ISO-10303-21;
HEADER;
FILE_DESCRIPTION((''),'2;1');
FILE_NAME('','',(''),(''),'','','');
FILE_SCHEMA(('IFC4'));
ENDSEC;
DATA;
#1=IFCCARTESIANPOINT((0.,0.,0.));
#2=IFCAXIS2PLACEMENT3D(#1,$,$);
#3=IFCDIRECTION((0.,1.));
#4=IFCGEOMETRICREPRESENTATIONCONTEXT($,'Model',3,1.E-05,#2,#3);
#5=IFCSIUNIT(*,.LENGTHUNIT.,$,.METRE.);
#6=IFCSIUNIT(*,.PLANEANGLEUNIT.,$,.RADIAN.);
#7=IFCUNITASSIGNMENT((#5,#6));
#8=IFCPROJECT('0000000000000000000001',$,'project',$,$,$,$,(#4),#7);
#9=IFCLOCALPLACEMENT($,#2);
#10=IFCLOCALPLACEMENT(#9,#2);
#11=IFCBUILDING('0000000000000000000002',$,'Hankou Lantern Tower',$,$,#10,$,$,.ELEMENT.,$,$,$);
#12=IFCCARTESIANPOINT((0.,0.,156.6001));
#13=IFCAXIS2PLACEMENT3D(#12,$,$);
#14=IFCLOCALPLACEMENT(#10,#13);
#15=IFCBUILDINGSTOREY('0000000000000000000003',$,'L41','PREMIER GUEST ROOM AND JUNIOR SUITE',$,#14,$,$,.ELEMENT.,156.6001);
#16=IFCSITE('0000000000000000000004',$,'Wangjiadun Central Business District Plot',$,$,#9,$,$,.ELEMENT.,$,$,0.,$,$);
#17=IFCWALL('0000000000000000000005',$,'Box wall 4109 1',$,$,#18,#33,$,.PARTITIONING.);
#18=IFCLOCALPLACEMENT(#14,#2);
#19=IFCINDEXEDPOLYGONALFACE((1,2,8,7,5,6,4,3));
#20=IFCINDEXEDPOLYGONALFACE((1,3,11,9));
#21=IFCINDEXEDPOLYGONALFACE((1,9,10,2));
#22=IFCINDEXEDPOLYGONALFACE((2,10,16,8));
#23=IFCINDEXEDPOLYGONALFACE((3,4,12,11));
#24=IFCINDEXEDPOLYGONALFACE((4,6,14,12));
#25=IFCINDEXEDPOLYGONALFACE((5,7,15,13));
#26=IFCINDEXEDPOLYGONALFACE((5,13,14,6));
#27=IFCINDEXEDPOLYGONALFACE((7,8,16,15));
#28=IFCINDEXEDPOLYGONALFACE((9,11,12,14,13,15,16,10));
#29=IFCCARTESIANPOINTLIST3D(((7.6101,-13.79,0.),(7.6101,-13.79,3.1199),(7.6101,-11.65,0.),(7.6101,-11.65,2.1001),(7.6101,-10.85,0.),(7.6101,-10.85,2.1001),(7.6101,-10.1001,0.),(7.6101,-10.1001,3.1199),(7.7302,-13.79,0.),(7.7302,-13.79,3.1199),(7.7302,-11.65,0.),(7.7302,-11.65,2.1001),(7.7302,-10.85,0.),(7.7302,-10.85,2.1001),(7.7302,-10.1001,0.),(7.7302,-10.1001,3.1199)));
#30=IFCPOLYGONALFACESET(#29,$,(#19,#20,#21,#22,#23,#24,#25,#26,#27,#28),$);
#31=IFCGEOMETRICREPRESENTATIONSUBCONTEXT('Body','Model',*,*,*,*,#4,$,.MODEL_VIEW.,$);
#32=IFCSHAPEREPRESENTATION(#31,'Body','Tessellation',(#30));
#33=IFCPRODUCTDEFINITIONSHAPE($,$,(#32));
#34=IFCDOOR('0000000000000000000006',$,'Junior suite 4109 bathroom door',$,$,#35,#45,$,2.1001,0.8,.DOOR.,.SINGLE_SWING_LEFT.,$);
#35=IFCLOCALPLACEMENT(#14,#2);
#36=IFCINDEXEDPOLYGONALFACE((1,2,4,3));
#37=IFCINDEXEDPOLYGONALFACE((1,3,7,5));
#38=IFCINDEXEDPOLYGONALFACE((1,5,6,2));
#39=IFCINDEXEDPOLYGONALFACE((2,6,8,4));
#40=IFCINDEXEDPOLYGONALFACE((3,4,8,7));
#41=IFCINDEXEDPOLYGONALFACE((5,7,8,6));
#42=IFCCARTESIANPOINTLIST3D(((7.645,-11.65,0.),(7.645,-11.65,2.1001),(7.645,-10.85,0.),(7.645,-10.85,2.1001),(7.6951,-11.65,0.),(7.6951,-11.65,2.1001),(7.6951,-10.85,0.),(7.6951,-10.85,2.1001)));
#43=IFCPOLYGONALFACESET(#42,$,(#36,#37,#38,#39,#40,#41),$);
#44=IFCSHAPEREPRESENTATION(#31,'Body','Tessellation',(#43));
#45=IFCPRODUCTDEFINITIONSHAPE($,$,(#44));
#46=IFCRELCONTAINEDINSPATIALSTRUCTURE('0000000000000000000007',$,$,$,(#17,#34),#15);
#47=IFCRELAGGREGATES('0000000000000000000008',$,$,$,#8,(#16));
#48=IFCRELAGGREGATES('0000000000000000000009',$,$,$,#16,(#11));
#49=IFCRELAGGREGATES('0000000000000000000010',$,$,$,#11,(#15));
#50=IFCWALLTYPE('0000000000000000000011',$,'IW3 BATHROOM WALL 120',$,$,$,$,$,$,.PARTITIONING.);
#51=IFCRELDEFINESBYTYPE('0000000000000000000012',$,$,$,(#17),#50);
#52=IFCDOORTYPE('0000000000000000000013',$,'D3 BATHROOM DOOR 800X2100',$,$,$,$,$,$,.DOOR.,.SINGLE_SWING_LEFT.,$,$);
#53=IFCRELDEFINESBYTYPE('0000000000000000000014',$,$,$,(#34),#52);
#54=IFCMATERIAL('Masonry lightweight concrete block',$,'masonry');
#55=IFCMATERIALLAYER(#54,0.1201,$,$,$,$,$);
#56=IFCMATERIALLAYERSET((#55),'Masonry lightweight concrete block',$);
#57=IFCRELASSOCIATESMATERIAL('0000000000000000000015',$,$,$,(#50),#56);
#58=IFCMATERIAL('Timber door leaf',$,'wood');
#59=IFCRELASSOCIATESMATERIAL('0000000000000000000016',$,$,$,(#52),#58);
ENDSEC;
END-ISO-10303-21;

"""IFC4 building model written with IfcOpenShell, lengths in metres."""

from ifc_helpers import new_model, si_unit, direction, frame, frame_2d, origin, place, context, subcontext, project, spatial, rectangle, extrude, material, layer, layer_set, type_object, element, fill, save


model = new_model("IFC4")

# Units and contexts
model_context = context("Model", 3, precision=1e-05, world=origin(), true_north=direction((0.0, 1.0)))
body_context = subcontext(model_context, "Body", "Model", "MODEL_VIEW")
ifc_project = project(units=[si_unit("LENGTHUNIT", "METRE"), si_unit("PLANEANGLEUNIT", "RADIAN")], contexts=[model_context])

# Site, building, storey
site_placement = place(None, origin())
site = spatial("IfcSite", under=ifc_project, at=site_placement, Name="Wangjiadun Central Business District Plot", CompositionType="ELEMENT", RefElevation=0.0)
building_placement = place(site_placement, origin())
building = spatial("IfcBuilding", under=site, at=building_placement, Name="Hankou Lantern Tower", CompositionType="ELEMENT")
storey_placement = place(building_placement, frame((0.0, 0.0, 156.6001)))
storey = spatial("IfcBuildingStorey", under=building, at=storey_placement, Name="L41", Description="PREMIER GUEST ROOM AND JUNIOR SUITE", CompositionType="ELEMENT", Elevation=156.6001)

# Shared definitions
ifc_material_1 = material(Name="Masonry lightweight concrete block", Category="masonry")
ifc_layer_1 = layer(ifc_material_1, 0.1201)
ifc_layer_set_1 = layer_set([ifc_layer_1], Name="Masonry lightweight concrete block")
wall_type_1 = type_object("IfcWallType", Name="IW3 BATHROOM WALL 120", PredefinedType="PARTITIONING", material=ifc_layer_set_1)
ifc_material_2 = material(Name="Timber door leaf", Category="wood")
door_type = type_object("IfcDoorType", Name="D3 BATHROOM DOOR 800X2100", OperationType="SINGLE_SWING_LEFT", PredefinedType="DOOR", material=ifc_material_2)

# Wall, opening, door
wall_1_placement = place(storey_placement, frame((7.6702, -10.1001, 0.0), z_axis=(0.0, 0.0, 1.0), x_axis=(0.0, -1.0, 0.0)))
wall_1 = element("IfcWall", 1, at=wall_1_placement, inside=storey, type_object=wall_type_1, Name="Box wall 4109 1", PredefinedType="PARTITIONING", context=body_context, shape_type="SweptSolid", body=[
    extrude(rectangle(XDim=3.6899, YDim=0.1201, at=frame_2d((1.845, 0.0))), origin(), (0.0, 0.0, 1.0), 3.1199),
])
opening_1_placement = place(wall_1_placement, frame((0.75, 0.0, 0.0)))
opening_1 = element("IfcOpeningElement", 2, at=opening_1_placement, cuts=wall_1, PredefinedType="OPENING", context=body_context, shape_type="SweptSolid", body=[
    extrude(rectangle(XDim=0.8, YDim=2.1001, at=frame_2d((0.3999, 1.05))), frame((0.0, 0.0701, 0.0), z_axis=(0.0, -1.0, 0.0), x_axis=(1.0, 0.0, 0.0)), (0.0, 0.0, 1.0), 0.1401),
])
door_1_placement = place(opening_1_placement, origin())
door_1 = element("IfcDoor", 3, at=door_1_placement, inside=storey, type_object=door_type, Name="Junior suite 4109 bathroom door", OperationType="SINGLE_SWING_LEFT", OverallHeight=2.1001, OverallWidth=0.8, PredefinedType="DOOR", context=body_context, shape_type="SweptSolid", body=[
    extrude(rectangle(XDim=0.8, YDim=2.1001, at=frame_2d((0.3999, 1.05))), frame((0.0, 0.0249, 0.0), z_axis=(0.0, -1.0, 0.0), x_axis=(1.0, 0.0, 0.0)), (0.0, 0.0, 1.0), 0.05),
])
fill(opening_1, door_1)

save(model, "model.ifc")
